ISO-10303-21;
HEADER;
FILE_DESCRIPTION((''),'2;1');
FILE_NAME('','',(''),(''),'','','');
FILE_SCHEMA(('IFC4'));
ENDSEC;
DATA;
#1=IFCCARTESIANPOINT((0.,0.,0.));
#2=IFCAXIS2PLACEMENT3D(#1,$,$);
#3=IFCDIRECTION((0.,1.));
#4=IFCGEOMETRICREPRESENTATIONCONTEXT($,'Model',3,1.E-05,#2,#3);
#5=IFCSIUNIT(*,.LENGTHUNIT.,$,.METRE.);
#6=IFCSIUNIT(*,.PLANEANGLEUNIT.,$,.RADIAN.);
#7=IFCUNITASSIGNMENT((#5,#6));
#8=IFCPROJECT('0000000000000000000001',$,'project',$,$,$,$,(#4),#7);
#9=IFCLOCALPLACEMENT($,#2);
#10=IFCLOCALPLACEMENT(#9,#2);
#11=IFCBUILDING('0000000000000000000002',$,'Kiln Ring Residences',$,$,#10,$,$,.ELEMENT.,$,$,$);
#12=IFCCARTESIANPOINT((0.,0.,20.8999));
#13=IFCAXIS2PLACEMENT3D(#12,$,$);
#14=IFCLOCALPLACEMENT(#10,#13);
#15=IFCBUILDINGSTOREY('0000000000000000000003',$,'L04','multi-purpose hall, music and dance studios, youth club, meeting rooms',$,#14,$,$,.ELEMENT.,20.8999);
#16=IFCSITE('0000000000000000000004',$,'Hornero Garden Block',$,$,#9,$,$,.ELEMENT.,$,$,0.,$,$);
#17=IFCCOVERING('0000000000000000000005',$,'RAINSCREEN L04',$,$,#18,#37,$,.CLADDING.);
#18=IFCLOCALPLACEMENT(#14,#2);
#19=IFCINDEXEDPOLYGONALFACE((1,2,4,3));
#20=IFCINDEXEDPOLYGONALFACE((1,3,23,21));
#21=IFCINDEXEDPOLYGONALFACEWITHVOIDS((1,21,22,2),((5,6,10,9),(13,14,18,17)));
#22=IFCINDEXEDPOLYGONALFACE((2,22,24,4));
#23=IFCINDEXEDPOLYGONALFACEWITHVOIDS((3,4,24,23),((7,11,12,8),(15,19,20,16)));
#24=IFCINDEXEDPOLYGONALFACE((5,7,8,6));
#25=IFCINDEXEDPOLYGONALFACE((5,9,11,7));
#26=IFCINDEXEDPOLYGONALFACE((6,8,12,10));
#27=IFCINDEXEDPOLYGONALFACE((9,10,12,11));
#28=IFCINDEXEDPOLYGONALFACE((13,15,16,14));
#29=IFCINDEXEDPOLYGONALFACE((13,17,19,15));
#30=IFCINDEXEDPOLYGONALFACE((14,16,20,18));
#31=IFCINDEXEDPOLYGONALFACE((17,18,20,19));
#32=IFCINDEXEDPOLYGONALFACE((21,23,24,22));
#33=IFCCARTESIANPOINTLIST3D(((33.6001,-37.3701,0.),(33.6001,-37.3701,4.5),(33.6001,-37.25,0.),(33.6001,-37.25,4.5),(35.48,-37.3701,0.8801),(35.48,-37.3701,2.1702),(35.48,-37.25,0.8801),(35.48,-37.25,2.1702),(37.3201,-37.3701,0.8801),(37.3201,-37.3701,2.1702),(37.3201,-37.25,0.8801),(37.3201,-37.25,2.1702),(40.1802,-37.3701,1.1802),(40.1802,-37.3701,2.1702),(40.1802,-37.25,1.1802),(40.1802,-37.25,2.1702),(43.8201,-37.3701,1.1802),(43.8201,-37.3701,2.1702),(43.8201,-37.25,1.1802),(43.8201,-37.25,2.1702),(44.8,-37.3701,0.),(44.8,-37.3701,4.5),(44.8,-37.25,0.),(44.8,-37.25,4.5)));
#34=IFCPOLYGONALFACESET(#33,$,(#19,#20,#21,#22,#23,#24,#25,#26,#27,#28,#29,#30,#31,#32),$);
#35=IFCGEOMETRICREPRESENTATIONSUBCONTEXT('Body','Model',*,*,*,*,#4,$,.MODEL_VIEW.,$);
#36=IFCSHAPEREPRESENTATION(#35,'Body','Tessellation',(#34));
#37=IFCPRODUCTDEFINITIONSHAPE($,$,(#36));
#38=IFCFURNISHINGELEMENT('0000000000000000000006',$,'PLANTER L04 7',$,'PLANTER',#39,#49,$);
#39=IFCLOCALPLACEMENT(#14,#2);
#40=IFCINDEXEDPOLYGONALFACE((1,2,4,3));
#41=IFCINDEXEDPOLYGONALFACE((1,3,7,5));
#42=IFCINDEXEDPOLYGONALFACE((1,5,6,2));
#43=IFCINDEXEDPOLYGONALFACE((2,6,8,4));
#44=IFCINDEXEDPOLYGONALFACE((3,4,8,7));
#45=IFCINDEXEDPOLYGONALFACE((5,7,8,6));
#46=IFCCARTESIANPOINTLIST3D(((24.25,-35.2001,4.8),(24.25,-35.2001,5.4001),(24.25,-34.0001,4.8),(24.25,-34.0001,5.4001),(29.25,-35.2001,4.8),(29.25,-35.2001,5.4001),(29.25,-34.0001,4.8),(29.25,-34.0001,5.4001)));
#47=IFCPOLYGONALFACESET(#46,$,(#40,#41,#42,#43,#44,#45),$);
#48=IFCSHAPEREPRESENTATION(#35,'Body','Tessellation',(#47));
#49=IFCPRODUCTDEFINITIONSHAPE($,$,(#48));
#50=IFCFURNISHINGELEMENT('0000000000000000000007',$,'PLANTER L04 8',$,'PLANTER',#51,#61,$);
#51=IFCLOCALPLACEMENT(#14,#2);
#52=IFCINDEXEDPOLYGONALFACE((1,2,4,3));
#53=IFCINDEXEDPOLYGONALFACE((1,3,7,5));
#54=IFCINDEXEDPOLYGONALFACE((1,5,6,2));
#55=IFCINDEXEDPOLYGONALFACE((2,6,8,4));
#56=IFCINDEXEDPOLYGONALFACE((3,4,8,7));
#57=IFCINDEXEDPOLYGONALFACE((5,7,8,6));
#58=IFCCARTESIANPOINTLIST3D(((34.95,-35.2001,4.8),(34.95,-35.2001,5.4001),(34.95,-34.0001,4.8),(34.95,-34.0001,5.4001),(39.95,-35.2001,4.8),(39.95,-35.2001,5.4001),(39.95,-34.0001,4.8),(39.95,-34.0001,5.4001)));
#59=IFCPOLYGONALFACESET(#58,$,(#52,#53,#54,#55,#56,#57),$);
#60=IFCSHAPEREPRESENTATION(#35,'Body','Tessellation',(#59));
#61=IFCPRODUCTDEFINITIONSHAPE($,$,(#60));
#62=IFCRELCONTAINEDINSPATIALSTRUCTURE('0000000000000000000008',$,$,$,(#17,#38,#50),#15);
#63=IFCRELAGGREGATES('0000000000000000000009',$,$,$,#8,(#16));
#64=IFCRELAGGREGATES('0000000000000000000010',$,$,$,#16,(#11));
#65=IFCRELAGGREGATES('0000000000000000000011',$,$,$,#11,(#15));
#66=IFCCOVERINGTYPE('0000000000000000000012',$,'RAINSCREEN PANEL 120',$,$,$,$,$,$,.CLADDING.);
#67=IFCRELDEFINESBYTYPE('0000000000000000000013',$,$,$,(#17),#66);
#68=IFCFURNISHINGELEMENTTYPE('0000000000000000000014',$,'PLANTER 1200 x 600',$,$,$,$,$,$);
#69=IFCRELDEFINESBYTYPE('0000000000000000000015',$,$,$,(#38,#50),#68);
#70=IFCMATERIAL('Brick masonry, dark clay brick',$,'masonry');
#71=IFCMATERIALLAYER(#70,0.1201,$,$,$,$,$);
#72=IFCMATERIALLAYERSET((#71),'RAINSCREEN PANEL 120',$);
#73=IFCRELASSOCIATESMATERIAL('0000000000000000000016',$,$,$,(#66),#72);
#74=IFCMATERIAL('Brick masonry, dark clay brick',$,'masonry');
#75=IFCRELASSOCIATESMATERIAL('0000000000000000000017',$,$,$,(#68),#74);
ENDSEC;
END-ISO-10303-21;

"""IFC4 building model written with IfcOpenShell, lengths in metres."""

from ifc_helpers import new_model, si_unit, direction, frame, origin, origin_2d, place, context, subcontext, project, spatial, polyline, rectangle, outline, extrude, material, layer, layer_set, type_object, element, save


model = new_model("IFC4")

# Units and contexts
model_context = context("Model", 3, precision=1e-05, world=origin(), true_north=direction((0.0, 1.0)))
body_context = subcontext(model_context, "Body", "Model", "MODEL_VIEW")
ifc_project = project(units=[si_unit("LENGTHUNIT", "METRE"), si_unit("PLANEANGLEUNIT", "RADIAN")], contexts=[model_context])

# Site, building, storey
site_placement = place(None, origin())
site = spatial("IfcSite", under=ifc_project, at=site_placement, Name="Hornero Garden Block", CompositionType="ELEMENT", RefElevation=0.0)
building_placement = place(site_placement, origin())
building = spatial("IfcBuilding", under=site, at=building_placement, Name="Kiln Ring Residences", CompositionType="ELEMENT")
storey_placement = place(building_placement, frame((0.0, 0.0, 20.8999)))
storey = spatial("IfcBuildingStorey", under=building, at=storey_placement, Name="L04", Description="multi-purpose hall, music and dance studios, youth club, meeting rooms", CompositionType="ELEMENT", Elevation=20.8999)

# Covering
ifc_material_1 = material(Name="Brick masonry, dark clay brick", Category="masonry")
ifc_layer_1 = layer(ifc_material_1, 0.1201)
ifc_layer_set_1 = layer_set([ifc_layer_1], Name="RAINSCREEN PANEL 120")
covering_type = type_object("IfcCoveringType", Name="RAINSCREEN PANEL 120", PredefinedType="CLADDING", material=ifc_layer_set_1)
covering_1_placement = place(storey_placement, frame((33.6001, -37.3101, 0.0), z_axis=(0.0, 0.0, 1.0), x_axis=(1.0, 0.0, 0.0)))
element("IfcCovering", 1, at=covering_1_placement, inside=storey, type_object=covering_type, Name="RAINSCREEN L04", PredefinedType="CLADDING", context=body_context, shape_type="SweptSolid", body=[
    extrude(outline(polyline([(0.0, 0.0), (11.2, 0.0), (11.2, 4.5), (0.0, 4.5), (0.0, 0.0)]), holes=[polyline([(3.72, 2.1702), (1.8799, 2.1702), (1.8799, 0.8801), (3.72, 0.8801), (3.72, 2.1702)]), polyline([(10.22, 2.1702), (6.5801, 2.1702), (6.5801, 1.1802), (10.22, 1.1802), (10.22, 2.1702)])]), frame((0.0, 0.0601, 0.0), z_axis=(0.0, -1.0, 0.0), x_axis=(1.0, 0.0, 0.0)), (0.0, 0.0, 1.0), 0.1201),
])

# Furnishing elements
ifc_material_2 = material(Name="Brick masonry, dark clay brick", Category="masonry")
furnishing_element_type = type_object("IfcFurnishingElementType", Name="PLANTER 1200 x 600", material=ifc_material_2)
for number, where, z_axis, x_axis, name in (
    (2, (26.75, -34.6001, 4.8), (0.0, 0.0, 1.0), (1.0, 0.0, 0.0), "PLANTER L04 7"),
    (3, (37.45, -34.6001, 4.8), (0.0, 0.0, 1.0), (1.0, 0.0, 0.0), "PLANTER L04 8"),
):
    element("IfcFurnishingElement", number, at=place(storey_placement, frame(where, z_axis=z_axis, x_axis=x_axis)), inside=storey, type_object=furnishing_element_type, Name=name, ObjectType="PLANTER", context=body_context, shape_type="SweptSolid", body=[
        extrude(rectangle(XDim=5.0, YDim=1.2, at=origin_2d()), origin(), (0.0, 0.0, 1.0), 0.6001),
    ])

save(model, "model.ifc")
